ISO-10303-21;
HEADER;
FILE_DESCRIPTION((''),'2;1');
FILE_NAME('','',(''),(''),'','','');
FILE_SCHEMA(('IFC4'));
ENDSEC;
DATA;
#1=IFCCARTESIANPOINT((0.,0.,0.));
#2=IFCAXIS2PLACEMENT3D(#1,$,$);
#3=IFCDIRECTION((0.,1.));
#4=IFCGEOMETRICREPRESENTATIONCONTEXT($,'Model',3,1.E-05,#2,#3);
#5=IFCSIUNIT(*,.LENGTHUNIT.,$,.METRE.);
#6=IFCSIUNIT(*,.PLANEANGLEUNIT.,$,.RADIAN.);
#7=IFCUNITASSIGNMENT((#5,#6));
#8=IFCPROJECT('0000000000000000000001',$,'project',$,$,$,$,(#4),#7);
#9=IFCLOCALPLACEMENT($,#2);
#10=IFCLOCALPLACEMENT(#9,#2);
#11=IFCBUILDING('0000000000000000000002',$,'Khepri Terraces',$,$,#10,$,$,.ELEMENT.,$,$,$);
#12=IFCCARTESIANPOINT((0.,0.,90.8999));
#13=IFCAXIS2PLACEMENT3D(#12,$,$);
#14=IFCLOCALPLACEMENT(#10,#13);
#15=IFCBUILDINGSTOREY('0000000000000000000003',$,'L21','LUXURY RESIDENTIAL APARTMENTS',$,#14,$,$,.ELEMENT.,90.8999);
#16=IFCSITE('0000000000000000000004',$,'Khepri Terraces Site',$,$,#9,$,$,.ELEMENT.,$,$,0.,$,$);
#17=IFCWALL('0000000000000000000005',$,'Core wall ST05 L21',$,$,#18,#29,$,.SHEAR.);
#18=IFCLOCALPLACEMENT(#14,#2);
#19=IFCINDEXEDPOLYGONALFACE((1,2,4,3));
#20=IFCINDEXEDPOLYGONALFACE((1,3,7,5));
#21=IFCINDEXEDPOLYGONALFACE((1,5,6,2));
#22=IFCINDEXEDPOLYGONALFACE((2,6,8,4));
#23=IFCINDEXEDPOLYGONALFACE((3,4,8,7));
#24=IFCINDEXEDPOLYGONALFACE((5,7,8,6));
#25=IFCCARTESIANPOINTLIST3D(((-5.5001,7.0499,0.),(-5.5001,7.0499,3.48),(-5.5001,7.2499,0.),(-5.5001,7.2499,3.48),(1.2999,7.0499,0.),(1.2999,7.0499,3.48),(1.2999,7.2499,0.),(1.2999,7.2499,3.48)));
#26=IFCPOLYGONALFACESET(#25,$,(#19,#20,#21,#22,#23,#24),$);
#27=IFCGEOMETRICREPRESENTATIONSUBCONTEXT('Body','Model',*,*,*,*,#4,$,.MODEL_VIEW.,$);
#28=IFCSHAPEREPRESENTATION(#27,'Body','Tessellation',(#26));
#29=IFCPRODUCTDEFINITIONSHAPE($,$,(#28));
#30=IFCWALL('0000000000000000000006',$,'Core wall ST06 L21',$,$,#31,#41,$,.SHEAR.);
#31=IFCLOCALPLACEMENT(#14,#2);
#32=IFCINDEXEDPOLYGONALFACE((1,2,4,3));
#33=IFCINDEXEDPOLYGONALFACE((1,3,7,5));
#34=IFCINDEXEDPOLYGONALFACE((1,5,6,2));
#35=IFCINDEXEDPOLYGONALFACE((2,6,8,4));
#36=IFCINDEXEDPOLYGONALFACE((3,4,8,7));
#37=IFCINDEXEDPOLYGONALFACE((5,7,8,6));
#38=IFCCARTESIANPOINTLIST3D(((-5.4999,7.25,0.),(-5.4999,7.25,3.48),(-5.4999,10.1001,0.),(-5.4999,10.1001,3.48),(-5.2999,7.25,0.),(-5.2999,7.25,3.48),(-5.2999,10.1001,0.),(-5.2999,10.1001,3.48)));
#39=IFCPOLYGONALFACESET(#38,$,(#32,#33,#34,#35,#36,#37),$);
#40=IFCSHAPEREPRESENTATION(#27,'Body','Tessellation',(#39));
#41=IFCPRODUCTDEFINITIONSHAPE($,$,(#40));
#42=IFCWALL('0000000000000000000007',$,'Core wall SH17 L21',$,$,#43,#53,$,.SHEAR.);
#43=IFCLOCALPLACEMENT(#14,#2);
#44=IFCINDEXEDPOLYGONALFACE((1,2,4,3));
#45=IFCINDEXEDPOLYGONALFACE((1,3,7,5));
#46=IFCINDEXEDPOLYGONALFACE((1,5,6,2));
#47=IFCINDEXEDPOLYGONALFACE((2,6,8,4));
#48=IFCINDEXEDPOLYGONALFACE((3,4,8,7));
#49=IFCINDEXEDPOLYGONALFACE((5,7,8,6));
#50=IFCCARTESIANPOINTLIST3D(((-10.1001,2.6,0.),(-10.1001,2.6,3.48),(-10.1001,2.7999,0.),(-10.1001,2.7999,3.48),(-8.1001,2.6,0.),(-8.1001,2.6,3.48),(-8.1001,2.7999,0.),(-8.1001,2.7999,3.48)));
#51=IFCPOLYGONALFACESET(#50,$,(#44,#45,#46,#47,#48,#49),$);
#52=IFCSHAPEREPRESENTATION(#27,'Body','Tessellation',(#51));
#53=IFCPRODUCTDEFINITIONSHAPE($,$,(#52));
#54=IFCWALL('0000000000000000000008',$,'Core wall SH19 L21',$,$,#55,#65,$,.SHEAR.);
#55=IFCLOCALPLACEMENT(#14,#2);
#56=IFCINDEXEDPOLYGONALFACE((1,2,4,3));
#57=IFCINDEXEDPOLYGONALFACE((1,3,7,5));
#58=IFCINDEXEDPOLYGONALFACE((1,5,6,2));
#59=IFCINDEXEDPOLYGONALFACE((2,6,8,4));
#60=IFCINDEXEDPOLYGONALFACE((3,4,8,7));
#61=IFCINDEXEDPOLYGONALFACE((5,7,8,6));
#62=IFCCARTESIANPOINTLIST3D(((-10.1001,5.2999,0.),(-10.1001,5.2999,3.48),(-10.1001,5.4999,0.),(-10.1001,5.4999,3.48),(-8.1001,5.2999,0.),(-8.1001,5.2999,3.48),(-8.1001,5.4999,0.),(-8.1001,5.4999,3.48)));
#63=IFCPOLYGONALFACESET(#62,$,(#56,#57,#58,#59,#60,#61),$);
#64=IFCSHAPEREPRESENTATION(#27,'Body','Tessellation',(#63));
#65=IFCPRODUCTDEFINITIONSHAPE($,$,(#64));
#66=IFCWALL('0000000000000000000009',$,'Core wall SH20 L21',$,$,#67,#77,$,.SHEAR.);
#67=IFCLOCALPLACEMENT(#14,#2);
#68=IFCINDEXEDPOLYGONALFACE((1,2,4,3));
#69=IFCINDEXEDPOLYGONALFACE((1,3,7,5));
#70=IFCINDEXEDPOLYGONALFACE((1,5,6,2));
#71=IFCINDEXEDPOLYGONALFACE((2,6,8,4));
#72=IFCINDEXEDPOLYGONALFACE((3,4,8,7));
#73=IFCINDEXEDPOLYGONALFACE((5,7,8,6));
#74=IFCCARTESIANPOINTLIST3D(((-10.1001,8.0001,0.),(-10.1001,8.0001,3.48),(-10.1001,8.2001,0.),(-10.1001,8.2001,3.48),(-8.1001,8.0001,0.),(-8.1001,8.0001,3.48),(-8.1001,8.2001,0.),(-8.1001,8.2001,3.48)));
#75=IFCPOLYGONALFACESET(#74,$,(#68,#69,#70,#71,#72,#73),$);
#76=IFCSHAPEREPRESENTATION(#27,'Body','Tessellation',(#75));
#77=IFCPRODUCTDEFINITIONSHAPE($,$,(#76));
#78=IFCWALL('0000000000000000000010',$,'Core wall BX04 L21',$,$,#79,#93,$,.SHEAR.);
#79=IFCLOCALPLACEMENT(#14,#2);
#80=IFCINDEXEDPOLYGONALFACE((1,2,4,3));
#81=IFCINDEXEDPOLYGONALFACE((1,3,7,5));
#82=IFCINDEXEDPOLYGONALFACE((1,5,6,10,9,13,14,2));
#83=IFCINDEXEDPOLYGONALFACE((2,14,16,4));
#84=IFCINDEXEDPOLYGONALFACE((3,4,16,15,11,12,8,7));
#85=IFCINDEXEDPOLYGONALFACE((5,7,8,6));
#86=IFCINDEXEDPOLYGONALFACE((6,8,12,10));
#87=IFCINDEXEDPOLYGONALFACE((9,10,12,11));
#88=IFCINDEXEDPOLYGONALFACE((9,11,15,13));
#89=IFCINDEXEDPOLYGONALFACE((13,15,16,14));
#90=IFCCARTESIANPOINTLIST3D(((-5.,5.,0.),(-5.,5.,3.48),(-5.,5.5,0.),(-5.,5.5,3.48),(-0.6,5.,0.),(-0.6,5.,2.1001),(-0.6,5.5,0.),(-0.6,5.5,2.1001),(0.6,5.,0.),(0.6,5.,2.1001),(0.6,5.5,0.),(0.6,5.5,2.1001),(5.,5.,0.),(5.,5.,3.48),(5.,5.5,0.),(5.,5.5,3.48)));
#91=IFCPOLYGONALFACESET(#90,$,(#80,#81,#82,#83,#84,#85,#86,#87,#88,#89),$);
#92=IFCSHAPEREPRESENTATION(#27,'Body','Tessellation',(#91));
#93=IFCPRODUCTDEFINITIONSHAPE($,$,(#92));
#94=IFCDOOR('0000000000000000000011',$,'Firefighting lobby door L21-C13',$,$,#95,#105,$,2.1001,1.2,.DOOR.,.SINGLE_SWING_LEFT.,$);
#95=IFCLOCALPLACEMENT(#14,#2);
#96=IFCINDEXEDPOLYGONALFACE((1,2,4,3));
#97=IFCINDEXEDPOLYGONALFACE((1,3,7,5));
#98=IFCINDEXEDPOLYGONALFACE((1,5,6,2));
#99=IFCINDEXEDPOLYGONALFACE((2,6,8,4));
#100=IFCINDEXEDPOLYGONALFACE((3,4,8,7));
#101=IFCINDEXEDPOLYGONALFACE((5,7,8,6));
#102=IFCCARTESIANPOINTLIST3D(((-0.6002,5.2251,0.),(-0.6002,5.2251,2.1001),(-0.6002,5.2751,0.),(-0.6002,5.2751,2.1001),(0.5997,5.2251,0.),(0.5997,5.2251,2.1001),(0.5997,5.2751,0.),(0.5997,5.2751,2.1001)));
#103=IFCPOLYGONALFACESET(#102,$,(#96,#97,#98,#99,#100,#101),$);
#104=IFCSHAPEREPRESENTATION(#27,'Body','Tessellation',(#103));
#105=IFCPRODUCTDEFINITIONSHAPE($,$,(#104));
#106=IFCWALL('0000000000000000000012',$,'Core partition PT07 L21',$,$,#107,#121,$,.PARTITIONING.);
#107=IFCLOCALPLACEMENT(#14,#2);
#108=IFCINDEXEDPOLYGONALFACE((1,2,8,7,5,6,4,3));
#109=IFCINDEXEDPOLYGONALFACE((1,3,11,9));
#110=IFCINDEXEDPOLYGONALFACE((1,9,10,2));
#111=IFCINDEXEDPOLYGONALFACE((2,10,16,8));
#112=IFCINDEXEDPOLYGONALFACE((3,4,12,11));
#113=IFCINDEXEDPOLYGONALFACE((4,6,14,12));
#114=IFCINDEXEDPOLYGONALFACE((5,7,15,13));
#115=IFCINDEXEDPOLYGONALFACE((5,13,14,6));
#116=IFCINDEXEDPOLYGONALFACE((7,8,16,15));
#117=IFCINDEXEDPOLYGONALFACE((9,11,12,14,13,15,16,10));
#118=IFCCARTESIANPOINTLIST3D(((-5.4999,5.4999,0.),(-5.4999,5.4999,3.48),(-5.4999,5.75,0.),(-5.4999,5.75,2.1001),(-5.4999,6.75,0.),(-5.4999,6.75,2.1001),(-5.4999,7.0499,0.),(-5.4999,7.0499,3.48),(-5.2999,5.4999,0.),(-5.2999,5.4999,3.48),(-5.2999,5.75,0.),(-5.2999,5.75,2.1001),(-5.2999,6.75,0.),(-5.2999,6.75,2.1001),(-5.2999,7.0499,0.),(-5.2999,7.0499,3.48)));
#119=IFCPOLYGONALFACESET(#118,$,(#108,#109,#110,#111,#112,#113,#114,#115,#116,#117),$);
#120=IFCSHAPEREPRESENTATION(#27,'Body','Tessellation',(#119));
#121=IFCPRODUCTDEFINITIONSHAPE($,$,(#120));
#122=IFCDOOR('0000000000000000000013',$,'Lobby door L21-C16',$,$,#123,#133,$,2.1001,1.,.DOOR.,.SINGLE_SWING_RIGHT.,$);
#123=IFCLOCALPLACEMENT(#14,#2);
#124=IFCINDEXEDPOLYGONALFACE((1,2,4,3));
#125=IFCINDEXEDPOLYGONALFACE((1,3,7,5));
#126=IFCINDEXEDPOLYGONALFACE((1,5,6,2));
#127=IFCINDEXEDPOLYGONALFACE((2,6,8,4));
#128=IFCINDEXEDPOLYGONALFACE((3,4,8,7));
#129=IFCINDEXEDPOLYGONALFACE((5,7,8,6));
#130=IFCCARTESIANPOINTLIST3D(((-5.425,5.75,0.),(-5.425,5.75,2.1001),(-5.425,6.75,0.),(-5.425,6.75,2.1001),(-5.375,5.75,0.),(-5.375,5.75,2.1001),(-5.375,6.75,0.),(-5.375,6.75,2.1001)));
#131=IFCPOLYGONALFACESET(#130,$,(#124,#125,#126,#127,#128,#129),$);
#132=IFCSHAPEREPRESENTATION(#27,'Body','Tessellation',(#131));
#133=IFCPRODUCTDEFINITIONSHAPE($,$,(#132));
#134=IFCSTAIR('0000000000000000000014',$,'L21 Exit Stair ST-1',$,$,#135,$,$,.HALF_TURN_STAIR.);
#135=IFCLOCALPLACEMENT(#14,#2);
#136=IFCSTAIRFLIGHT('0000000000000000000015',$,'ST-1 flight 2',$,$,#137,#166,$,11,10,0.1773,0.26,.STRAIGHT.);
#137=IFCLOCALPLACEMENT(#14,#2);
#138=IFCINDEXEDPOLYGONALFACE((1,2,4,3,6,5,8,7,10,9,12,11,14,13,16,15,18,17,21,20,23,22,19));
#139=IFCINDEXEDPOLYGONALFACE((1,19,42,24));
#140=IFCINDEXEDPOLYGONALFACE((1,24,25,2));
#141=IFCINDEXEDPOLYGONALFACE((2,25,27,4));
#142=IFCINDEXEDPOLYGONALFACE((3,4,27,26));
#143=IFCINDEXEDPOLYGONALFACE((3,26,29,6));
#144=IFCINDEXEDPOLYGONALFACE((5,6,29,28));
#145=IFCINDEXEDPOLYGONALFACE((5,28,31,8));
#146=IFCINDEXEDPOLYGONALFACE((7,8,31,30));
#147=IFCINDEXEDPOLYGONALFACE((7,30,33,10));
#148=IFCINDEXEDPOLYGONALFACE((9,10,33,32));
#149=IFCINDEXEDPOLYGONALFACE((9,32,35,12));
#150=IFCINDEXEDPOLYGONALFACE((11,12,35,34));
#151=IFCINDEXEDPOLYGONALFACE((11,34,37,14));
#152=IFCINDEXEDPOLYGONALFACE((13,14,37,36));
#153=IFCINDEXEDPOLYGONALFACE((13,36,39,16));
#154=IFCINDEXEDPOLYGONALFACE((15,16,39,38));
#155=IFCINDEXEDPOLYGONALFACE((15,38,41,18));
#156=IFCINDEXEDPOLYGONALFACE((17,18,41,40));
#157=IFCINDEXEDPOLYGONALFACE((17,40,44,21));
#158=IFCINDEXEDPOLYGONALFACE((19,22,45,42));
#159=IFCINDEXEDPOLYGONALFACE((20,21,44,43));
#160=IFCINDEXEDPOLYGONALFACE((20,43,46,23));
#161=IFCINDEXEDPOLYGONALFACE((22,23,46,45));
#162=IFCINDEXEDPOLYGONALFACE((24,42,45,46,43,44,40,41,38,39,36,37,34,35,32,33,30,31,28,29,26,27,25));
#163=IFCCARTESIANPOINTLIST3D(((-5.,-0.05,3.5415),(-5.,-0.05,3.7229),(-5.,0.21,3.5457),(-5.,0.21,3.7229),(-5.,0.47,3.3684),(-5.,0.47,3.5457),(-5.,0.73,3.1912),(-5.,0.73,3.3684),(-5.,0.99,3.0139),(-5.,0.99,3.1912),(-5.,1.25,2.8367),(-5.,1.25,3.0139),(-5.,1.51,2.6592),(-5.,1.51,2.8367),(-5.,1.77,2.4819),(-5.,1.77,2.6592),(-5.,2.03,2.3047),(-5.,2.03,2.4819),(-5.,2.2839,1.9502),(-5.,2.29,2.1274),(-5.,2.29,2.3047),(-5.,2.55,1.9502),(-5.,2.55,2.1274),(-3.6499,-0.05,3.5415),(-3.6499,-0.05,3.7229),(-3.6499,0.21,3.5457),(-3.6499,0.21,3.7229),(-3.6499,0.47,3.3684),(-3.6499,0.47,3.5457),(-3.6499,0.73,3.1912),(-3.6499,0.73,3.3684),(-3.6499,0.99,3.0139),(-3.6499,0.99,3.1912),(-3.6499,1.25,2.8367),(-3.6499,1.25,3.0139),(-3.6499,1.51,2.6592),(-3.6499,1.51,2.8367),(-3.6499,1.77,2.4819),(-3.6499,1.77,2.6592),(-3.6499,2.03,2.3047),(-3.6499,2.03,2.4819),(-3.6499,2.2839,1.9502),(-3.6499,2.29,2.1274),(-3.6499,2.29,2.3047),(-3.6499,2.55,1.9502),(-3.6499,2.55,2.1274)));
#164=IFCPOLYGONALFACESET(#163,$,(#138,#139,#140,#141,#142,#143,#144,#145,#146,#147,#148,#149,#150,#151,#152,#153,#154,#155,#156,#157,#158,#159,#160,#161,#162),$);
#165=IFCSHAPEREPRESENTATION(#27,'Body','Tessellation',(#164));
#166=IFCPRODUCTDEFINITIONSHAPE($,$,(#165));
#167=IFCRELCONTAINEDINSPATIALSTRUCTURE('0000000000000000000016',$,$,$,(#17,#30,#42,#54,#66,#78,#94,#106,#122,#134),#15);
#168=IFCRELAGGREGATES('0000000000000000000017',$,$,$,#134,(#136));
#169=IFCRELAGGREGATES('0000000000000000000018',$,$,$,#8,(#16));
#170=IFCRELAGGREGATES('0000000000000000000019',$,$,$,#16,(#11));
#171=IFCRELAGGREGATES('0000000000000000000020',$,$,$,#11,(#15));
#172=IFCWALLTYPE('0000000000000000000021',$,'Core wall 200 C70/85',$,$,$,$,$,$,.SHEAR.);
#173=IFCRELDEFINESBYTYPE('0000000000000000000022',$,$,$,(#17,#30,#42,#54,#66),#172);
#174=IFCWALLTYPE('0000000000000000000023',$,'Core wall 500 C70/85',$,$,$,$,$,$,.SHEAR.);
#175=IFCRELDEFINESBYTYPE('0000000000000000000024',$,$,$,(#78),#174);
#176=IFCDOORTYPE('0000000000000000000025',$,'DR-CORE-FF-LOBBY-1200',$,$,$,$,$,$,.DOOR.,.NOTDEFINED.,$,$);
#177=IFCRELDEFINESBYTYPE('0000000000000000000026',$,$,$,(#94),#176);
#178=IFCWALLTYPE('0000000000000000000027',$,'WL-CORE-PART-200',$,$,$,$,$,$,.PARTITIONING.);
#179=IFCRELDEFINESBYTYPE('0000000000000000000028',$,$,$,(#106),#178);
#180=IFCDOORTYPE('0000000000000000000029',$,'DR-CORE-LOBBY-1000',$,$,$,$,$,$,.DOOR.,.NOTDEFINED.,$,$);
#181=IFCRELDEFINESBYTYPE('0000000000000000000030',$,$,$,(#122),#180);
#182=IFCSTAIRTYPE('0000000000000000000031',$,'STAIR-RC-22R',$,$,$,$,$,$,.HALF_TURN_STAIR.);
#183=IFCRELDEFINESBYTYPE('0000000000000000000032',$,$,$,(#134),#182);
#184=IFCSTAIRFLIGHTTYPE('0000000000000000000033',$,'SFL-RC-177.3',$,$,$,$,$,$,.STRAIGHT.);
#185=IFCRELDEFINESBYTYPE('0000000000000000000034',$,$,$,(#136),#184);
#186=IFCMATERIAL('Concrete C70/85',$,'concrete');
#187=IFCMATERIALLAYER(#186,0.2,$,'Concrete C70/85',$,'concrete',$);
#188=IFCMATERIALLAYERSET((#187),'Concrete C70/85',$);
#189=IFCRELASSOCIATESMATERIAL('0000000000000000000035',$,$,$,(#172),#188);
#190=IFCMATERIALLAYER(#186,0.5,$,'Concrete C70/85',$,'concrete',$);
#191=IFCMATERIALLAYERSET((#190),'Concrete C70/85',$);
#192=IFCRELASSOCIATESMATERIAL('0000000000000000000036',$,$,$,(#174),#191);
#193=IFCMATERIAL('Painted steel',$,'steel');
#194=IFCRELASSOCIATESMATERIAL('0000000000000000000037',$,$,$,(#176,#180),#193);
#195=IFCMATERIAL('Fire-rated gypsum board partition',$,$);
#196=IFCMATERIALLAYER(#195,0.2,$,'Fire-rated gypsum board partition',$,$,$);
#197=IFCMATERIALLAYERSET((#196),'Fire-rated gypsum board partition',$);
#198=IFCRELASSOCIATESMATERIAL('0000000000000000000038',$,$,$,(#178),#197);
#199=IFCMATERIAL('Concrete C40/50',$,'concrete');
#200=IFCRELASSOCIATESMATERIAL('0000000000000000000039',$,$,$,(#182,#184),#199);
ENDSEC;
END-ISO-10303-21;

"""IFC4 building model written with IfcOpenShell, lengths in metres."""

from ifc_helpers import new_model, si_unit, direction, frame, frame_2d, origin, place, context, subcontext, project, spatial, polyline, rectangle, outline, extrude, material, layer, layer_set, type_object, element, fill, aggregate, save


model = new_model("IFC4")

# Units and contexts
model_context = context("Model", 3, precision=1e-05, world=origin(), true_north=direction((0.0, 1.0)))
body_context = subcontext(model_context, "Body", "Model", "MODEL_VIEW")
ifc_project = project(units=[si_unit("LENGTHUNIT", "METRE"), si_unit("PLANEANGLEUNIT", "RADIAN")], contexts=[model_context])

# Site, building, storey
site_placement = place(None, origin())
site = spatial("IfcSite", under=ifc_project, at=site_placement, Name="Khepri Terraces Site", CompositionType="ELEMENT", RefElevation=0.0)
building_placement = place(site_placement, origin())
building = spatial("IfcBuilding", under=site, at=building_placement, Name="Khepri Terraces", CompositionType="ELEMENT")
storey_placement = place(building_placement, frame((0.0, 0.0, 90.8999)))
storey = spatial("IfcBuildingStorey", under=building, at=storey_placement, Name="L21", Description="LUXURY RESIDENTIAL APARTMENTS", CompositionType="ELEMENT", Elevation=90.8999)

# Walls
ifc_material_1 = material(Name="Concrete C70/85", Category="concrete")
ifc_layer_1 = layer(ifc_material_1, 0.2, Name="Concrete C70/85", Category="concrete")
ifc_layer_set_1 = layer_set([ifc_layer_1], Name="Concrete C70/85")
wall_type_1 = type_object("IfcWallType", Name="Core wall 200 C70/85", PredefinedType="SHEAR", material=ifc_layer_set_1)
wall_1_placement = place(storey_placement, frame((-5.5, 7.1499, 0.0), z_axis=(0.0, 0.0, 1.0), x_axis=(1.0, 0.0, 0.0)))
element("IfcWall", 1, at=wall_1_placement, inside=storey, type_object=wall_type_1, Name="Core wall ST05 L21", PredefinedType="SHEAR", context=body_context, shape_type="SweptSolid", body=[
    extrude(rectangle(XDim=6.8, YDim=0.2, at=frame_2d((3.3999, 0.0))), origin(), (0.0, 0.0, 1.0), 3.48),
])
wall_2_placement = place(storey_placement, frame((-5.3999, 7.25, 0.0), z_axis=(0.0, 0.0, 1.0), x_axis=(0.0, 1.0, 0.0)))
element("IfcWall", 2, at=wall_2_placement, inside=storey, type_object=wall_type_1, Name="Core wall ST06 L21", PredefinedType="SHEAR", context=body_context, shape_type="SweptSolid", body=[
    extrude(rectangle(XDim=2.8501, YDim=0.2, at=frame_2d((1.425, 0.0))), origin(), (0.0, 0.0, 1.0), 3.48),
])
for number, where, z_axis, x_axis, name in (
    (3, (-10.1001, 2.7, 0.0), (0.0, 0.0, 1.0), (1.0, 0.0, 0.0), "Core wall SH17 L21"),
    (4, (-10.1001, 5.3999, 0.0), (0.0, 0.0, 1.0), (1.0, 0.0, 0.0), "Core wall SH19 L21"),
    (5, (-10.1001, 8.1001, 0.0), (0.0, 0.0, 1.0), (1.0, 0.0, 0.0), "Core wall SH20 L21"),
):
    element("IfcWall", number, at=place(storey_placement, frame(where, z_axis=z_axis, x_axis=x_axis)), inside=storey, type_object=wall_type_1, Name=name, PredefinedType="SHEAR", context=body_context, shape_type="SweptSolid", body=[
        extrude(rectangle(XDim=2.0, YDim=0.2, at=frame_2d((1.0, 0.0))), origin(), (0.0, 0.0, 1.0), 3.48),
    ])

# Walls, openings, doors
ifc_layer_2 = layer(ifc_material_1, 0.5, Name="Concrete C70/85", Category="concrete")
ifc_layer_set_2 = layer_set([ifc_layer_2], Name="Concrete C70/85")
wall_type_2 = type_object("IfcWallType", Name="Core wall 500 C70/85", PredefinedType="SHEAR", material=ifc_layer_set_2)
wall_3_placement = place(storey_placement, frame((-5.0, 5.25, 0.0), z_axis=(0.0, 0.0, 1.0), x_axis=(1.0, 0.0, 0.0)))
wall_3 = element("IfcWall", 6, at=wall_3_placement, inside=storey, type_object=wall_type_2, Name="Core wall BX04 L21", PredefinedType="SHEAR", context=body_context, shape_type="SweptSolid", body=[
    extrude(rectangle(XDim=10.0, YDim=0.5, at=frame_2d((5.0, 0.0))), origin(), (0.0, 0.0, 1.0), 3.48),
])
opening_1_placement = place(wall_3_placement, frame((4.3999, 0.0, 0.0)))
opening_1 = element("IfcOpeningElement", 7, at=opening_1_placement, cuts=wall_3, PredefinedType="OPENING", context=body_context, shape_type="SweptSolid", body=[
    extrude(rectangle(XDim=1.2, YDim=2.1001, at=frame_2d((0.6001, 1.05))), frame((0.0, 0.26, 0.0), z_axis=(0.0, -1.0, 0.0), x_axis=(1.0, 0.0, 0.0)), (0.0, 0.0, 1.0), 0.52),
])
ifc_material_2 = material(Name="Painted steel", Category="steel")
door_type_1 = type_object("IfcDoorType", Name="DR-CORE-FF-LOBBY-1200", OperationType="NOTDEFINED", PredefinedType="DOOR", material=ifc_material_2)
door_1_placement = place(opening_1_placement, frame((1.2, 0.0, 0.0), z_axis=(0.0, 0.0, 1.0), x_axis=(-1.0, 0.0, 0.0)))
door_1 = element("IfcDoor", 8, at=door_1_placement, inside=storey, type_object=door_type_1, Name="Firefighting lobby door L21-C13", OperationType="SINGLE_SWING_LEFT", OverallHeight=2.1001, OverallWidth=1.2, PredefinedType="DOOR", context=body_context, shape_type="SweptSolid", body=[
    extrude(rectangle(XDim=1.2, YDim=2.1001, at=frame_2d((0.6001, 1.05))), frame((0.0, 0.0249, 0.0), z_axis=(0.0, -1.0, 0.0), x_axis=(1.0, 0.0, 0.0)), (0.0, 0.0, 1.0), 0.05),
])
fill(opening_1, door_1)
ifc_material_3 = material(Name="Fire-rated gypsum board partition")
ifc_layer_3 = layer(ifc_material_3, 0.2, Name="Fire-rated gypsum board partition")
ifc_layer_set_3 = layer_set([ifc_layer_3], Name="Fire-rated gypsum board partition")
wall_type_3 = type_object("IfcWallType", Name="WL-CORE-PART-200", PredefinedType="PARTITIONING", material=ifc_layer_set_3)
wall_4_placement = place(storey_placement, frame((-5.3999, 5.5, 0.0), z_axis=(0.0, 0.0, 1.0), x_axis=(0.0, 1.0, 0.0)))
wall_4 = element("IfcWall", 9, at=wall_4_placement, inside=storey, type_object=wall_type_3, Name="Core partition PT07 L21", PredefinedType="PARTITIONING", context=body_context, shape_type="SweptSolid", body=[
    extrude(rectangle(XDim=1.55, YDim=0.2, at=frame_2d((0.7749, 0.0))), origin(), (0.0, 0.0, 1.0), 3.48),
])
opening_2_placement = place(wall_4_placement, frame((0.25, 0.0, 0.0)))
opening_2 = element("IfcOpeningElement", 10, at=opening_2_placement, cuts=wall_4, PredefinedType="OPENING", context=body_context, shape_type="SweptSolid", body=[
    extrude(rectangle(XDim=1.0, YDim=2.1001, at=frame_2d((0.5, 1.05))), frame((0.0, 0.1099, 0.0), z_axis=(0.0, -1.0, 0.0), x_axis=(1.0, 0.0, 0.0)), (0.0, 0.0, 1.0), 0.22),
])
door_type_2 = type_object("IfcDoorType", Name="DR-CORE-LOBBY-1000", OperationType="NOTDEFINED", PredefinedType="DOOR", material=ifc_material_2)
door_2_placement = place(opening_2_placement, frame((1.0, 0.0, 0.0), z_axis=(0.0, 0.0, 1.0), x_axis=(-1.0, 0.0, 0.0)))
door_2 = element("IfcDoor", 11, at=door_2_placement, inside=storey, type_object=door_type_2, Name="Lobby door L21-C16", OperationType="SINGLE_SWING_RIGHT", OverallHeight=2.1001, OverallWidth=1.0, PredefinedType="DOOR", context=body_context, shape_type="SweptSolid", body=[
    extrude(rectangle(XDim=1.0, YDim=2.1001, at=frame_2d((0.5, 1.05))), frame((0.0, 0.0249, 0.0), z_axis=(0.0, -1.0, 0.0), x_axis=(1.0, 0.0, 0.0)), (0.0, 0.0, 1.0), 0.05),
])
fill(opening_2, door_2)

# Stair, stair flight
ifc_material_4 = material(Name="Concrete C40/50", Category="concrete")
stair_type = type_object("IfcStairType", Name="STAIR-RC-22R", PredefinedType="HALF_TURN_STAIR", material=ifc_material_4)
stair_1_placement = place(storey_placement, origin())
stair_1 = element("IfcStair", 12, at=stair_1_placement, inside=storey, type_object=stair_type, Name="L21 Exit Stair ST-1", PredefinedType="HALF_TURN_STAIR")
stair_flight_type = type_object("IfcStairFlightType", Name="SFL-RC-177.3", PredefinedType="STRAIGHT", material=ifc_material_4)
stair_flight_1_placement = place(storey_placement, frame((-4.325, 2.55, 1.9502), z_axis=(0.0, 0.0, 1.0), x_axis=(0.0, -1.0, 0.0)))
stair_flight_1 = element("IfcStairFlight", 13, at=stair_flight_1_placement, type_object=stair_flight_type, Name="ST-1 flight 2", NumberOfRisers=11, NumberOfTreads=10, PredefinedType="STRAIGHT", RiserHeight=0.1773, TreadLength=0.26, context=body_context, shape_type="SweptSolid", body=[
    extrude(outline(polyline([(0.0, 0.0), (0.0, 0.1772), (0.26, 0.1772), (0.26, 0.3545), (0.52, 0.3545), (0.52, 0.5317), (0.78, 0.5317), (0.78, 0.709), (1.04, 0.709), (1.04, 0.8865), (1.3, 0.8865), (1.3, 1.0637), (1.5601, 1.0637), (1.5601, 1.241), (1.8201, 1.241), (1.8201, 1.4182), (2.0801, 1.4182), (2.0801, 1.5955), (2.3401, 1.5955), (2.3401, 1.7727), (2.6001, 1.7727), (2.6001, 1.95), (2.6001, 1.5913), (0.2661, 0.0), (0.0, 0.0)])), frame((0.0, 0.675, 0.0), z_axis=(0.0, -1.0, 0.0), x_axis=(1.0, 0.0, 0.0)), (0.0, 0.0, 1.0), 1.3501),
])
aggregate(stair_1, [stair_flight_1])

save(model, "model.ifc")
